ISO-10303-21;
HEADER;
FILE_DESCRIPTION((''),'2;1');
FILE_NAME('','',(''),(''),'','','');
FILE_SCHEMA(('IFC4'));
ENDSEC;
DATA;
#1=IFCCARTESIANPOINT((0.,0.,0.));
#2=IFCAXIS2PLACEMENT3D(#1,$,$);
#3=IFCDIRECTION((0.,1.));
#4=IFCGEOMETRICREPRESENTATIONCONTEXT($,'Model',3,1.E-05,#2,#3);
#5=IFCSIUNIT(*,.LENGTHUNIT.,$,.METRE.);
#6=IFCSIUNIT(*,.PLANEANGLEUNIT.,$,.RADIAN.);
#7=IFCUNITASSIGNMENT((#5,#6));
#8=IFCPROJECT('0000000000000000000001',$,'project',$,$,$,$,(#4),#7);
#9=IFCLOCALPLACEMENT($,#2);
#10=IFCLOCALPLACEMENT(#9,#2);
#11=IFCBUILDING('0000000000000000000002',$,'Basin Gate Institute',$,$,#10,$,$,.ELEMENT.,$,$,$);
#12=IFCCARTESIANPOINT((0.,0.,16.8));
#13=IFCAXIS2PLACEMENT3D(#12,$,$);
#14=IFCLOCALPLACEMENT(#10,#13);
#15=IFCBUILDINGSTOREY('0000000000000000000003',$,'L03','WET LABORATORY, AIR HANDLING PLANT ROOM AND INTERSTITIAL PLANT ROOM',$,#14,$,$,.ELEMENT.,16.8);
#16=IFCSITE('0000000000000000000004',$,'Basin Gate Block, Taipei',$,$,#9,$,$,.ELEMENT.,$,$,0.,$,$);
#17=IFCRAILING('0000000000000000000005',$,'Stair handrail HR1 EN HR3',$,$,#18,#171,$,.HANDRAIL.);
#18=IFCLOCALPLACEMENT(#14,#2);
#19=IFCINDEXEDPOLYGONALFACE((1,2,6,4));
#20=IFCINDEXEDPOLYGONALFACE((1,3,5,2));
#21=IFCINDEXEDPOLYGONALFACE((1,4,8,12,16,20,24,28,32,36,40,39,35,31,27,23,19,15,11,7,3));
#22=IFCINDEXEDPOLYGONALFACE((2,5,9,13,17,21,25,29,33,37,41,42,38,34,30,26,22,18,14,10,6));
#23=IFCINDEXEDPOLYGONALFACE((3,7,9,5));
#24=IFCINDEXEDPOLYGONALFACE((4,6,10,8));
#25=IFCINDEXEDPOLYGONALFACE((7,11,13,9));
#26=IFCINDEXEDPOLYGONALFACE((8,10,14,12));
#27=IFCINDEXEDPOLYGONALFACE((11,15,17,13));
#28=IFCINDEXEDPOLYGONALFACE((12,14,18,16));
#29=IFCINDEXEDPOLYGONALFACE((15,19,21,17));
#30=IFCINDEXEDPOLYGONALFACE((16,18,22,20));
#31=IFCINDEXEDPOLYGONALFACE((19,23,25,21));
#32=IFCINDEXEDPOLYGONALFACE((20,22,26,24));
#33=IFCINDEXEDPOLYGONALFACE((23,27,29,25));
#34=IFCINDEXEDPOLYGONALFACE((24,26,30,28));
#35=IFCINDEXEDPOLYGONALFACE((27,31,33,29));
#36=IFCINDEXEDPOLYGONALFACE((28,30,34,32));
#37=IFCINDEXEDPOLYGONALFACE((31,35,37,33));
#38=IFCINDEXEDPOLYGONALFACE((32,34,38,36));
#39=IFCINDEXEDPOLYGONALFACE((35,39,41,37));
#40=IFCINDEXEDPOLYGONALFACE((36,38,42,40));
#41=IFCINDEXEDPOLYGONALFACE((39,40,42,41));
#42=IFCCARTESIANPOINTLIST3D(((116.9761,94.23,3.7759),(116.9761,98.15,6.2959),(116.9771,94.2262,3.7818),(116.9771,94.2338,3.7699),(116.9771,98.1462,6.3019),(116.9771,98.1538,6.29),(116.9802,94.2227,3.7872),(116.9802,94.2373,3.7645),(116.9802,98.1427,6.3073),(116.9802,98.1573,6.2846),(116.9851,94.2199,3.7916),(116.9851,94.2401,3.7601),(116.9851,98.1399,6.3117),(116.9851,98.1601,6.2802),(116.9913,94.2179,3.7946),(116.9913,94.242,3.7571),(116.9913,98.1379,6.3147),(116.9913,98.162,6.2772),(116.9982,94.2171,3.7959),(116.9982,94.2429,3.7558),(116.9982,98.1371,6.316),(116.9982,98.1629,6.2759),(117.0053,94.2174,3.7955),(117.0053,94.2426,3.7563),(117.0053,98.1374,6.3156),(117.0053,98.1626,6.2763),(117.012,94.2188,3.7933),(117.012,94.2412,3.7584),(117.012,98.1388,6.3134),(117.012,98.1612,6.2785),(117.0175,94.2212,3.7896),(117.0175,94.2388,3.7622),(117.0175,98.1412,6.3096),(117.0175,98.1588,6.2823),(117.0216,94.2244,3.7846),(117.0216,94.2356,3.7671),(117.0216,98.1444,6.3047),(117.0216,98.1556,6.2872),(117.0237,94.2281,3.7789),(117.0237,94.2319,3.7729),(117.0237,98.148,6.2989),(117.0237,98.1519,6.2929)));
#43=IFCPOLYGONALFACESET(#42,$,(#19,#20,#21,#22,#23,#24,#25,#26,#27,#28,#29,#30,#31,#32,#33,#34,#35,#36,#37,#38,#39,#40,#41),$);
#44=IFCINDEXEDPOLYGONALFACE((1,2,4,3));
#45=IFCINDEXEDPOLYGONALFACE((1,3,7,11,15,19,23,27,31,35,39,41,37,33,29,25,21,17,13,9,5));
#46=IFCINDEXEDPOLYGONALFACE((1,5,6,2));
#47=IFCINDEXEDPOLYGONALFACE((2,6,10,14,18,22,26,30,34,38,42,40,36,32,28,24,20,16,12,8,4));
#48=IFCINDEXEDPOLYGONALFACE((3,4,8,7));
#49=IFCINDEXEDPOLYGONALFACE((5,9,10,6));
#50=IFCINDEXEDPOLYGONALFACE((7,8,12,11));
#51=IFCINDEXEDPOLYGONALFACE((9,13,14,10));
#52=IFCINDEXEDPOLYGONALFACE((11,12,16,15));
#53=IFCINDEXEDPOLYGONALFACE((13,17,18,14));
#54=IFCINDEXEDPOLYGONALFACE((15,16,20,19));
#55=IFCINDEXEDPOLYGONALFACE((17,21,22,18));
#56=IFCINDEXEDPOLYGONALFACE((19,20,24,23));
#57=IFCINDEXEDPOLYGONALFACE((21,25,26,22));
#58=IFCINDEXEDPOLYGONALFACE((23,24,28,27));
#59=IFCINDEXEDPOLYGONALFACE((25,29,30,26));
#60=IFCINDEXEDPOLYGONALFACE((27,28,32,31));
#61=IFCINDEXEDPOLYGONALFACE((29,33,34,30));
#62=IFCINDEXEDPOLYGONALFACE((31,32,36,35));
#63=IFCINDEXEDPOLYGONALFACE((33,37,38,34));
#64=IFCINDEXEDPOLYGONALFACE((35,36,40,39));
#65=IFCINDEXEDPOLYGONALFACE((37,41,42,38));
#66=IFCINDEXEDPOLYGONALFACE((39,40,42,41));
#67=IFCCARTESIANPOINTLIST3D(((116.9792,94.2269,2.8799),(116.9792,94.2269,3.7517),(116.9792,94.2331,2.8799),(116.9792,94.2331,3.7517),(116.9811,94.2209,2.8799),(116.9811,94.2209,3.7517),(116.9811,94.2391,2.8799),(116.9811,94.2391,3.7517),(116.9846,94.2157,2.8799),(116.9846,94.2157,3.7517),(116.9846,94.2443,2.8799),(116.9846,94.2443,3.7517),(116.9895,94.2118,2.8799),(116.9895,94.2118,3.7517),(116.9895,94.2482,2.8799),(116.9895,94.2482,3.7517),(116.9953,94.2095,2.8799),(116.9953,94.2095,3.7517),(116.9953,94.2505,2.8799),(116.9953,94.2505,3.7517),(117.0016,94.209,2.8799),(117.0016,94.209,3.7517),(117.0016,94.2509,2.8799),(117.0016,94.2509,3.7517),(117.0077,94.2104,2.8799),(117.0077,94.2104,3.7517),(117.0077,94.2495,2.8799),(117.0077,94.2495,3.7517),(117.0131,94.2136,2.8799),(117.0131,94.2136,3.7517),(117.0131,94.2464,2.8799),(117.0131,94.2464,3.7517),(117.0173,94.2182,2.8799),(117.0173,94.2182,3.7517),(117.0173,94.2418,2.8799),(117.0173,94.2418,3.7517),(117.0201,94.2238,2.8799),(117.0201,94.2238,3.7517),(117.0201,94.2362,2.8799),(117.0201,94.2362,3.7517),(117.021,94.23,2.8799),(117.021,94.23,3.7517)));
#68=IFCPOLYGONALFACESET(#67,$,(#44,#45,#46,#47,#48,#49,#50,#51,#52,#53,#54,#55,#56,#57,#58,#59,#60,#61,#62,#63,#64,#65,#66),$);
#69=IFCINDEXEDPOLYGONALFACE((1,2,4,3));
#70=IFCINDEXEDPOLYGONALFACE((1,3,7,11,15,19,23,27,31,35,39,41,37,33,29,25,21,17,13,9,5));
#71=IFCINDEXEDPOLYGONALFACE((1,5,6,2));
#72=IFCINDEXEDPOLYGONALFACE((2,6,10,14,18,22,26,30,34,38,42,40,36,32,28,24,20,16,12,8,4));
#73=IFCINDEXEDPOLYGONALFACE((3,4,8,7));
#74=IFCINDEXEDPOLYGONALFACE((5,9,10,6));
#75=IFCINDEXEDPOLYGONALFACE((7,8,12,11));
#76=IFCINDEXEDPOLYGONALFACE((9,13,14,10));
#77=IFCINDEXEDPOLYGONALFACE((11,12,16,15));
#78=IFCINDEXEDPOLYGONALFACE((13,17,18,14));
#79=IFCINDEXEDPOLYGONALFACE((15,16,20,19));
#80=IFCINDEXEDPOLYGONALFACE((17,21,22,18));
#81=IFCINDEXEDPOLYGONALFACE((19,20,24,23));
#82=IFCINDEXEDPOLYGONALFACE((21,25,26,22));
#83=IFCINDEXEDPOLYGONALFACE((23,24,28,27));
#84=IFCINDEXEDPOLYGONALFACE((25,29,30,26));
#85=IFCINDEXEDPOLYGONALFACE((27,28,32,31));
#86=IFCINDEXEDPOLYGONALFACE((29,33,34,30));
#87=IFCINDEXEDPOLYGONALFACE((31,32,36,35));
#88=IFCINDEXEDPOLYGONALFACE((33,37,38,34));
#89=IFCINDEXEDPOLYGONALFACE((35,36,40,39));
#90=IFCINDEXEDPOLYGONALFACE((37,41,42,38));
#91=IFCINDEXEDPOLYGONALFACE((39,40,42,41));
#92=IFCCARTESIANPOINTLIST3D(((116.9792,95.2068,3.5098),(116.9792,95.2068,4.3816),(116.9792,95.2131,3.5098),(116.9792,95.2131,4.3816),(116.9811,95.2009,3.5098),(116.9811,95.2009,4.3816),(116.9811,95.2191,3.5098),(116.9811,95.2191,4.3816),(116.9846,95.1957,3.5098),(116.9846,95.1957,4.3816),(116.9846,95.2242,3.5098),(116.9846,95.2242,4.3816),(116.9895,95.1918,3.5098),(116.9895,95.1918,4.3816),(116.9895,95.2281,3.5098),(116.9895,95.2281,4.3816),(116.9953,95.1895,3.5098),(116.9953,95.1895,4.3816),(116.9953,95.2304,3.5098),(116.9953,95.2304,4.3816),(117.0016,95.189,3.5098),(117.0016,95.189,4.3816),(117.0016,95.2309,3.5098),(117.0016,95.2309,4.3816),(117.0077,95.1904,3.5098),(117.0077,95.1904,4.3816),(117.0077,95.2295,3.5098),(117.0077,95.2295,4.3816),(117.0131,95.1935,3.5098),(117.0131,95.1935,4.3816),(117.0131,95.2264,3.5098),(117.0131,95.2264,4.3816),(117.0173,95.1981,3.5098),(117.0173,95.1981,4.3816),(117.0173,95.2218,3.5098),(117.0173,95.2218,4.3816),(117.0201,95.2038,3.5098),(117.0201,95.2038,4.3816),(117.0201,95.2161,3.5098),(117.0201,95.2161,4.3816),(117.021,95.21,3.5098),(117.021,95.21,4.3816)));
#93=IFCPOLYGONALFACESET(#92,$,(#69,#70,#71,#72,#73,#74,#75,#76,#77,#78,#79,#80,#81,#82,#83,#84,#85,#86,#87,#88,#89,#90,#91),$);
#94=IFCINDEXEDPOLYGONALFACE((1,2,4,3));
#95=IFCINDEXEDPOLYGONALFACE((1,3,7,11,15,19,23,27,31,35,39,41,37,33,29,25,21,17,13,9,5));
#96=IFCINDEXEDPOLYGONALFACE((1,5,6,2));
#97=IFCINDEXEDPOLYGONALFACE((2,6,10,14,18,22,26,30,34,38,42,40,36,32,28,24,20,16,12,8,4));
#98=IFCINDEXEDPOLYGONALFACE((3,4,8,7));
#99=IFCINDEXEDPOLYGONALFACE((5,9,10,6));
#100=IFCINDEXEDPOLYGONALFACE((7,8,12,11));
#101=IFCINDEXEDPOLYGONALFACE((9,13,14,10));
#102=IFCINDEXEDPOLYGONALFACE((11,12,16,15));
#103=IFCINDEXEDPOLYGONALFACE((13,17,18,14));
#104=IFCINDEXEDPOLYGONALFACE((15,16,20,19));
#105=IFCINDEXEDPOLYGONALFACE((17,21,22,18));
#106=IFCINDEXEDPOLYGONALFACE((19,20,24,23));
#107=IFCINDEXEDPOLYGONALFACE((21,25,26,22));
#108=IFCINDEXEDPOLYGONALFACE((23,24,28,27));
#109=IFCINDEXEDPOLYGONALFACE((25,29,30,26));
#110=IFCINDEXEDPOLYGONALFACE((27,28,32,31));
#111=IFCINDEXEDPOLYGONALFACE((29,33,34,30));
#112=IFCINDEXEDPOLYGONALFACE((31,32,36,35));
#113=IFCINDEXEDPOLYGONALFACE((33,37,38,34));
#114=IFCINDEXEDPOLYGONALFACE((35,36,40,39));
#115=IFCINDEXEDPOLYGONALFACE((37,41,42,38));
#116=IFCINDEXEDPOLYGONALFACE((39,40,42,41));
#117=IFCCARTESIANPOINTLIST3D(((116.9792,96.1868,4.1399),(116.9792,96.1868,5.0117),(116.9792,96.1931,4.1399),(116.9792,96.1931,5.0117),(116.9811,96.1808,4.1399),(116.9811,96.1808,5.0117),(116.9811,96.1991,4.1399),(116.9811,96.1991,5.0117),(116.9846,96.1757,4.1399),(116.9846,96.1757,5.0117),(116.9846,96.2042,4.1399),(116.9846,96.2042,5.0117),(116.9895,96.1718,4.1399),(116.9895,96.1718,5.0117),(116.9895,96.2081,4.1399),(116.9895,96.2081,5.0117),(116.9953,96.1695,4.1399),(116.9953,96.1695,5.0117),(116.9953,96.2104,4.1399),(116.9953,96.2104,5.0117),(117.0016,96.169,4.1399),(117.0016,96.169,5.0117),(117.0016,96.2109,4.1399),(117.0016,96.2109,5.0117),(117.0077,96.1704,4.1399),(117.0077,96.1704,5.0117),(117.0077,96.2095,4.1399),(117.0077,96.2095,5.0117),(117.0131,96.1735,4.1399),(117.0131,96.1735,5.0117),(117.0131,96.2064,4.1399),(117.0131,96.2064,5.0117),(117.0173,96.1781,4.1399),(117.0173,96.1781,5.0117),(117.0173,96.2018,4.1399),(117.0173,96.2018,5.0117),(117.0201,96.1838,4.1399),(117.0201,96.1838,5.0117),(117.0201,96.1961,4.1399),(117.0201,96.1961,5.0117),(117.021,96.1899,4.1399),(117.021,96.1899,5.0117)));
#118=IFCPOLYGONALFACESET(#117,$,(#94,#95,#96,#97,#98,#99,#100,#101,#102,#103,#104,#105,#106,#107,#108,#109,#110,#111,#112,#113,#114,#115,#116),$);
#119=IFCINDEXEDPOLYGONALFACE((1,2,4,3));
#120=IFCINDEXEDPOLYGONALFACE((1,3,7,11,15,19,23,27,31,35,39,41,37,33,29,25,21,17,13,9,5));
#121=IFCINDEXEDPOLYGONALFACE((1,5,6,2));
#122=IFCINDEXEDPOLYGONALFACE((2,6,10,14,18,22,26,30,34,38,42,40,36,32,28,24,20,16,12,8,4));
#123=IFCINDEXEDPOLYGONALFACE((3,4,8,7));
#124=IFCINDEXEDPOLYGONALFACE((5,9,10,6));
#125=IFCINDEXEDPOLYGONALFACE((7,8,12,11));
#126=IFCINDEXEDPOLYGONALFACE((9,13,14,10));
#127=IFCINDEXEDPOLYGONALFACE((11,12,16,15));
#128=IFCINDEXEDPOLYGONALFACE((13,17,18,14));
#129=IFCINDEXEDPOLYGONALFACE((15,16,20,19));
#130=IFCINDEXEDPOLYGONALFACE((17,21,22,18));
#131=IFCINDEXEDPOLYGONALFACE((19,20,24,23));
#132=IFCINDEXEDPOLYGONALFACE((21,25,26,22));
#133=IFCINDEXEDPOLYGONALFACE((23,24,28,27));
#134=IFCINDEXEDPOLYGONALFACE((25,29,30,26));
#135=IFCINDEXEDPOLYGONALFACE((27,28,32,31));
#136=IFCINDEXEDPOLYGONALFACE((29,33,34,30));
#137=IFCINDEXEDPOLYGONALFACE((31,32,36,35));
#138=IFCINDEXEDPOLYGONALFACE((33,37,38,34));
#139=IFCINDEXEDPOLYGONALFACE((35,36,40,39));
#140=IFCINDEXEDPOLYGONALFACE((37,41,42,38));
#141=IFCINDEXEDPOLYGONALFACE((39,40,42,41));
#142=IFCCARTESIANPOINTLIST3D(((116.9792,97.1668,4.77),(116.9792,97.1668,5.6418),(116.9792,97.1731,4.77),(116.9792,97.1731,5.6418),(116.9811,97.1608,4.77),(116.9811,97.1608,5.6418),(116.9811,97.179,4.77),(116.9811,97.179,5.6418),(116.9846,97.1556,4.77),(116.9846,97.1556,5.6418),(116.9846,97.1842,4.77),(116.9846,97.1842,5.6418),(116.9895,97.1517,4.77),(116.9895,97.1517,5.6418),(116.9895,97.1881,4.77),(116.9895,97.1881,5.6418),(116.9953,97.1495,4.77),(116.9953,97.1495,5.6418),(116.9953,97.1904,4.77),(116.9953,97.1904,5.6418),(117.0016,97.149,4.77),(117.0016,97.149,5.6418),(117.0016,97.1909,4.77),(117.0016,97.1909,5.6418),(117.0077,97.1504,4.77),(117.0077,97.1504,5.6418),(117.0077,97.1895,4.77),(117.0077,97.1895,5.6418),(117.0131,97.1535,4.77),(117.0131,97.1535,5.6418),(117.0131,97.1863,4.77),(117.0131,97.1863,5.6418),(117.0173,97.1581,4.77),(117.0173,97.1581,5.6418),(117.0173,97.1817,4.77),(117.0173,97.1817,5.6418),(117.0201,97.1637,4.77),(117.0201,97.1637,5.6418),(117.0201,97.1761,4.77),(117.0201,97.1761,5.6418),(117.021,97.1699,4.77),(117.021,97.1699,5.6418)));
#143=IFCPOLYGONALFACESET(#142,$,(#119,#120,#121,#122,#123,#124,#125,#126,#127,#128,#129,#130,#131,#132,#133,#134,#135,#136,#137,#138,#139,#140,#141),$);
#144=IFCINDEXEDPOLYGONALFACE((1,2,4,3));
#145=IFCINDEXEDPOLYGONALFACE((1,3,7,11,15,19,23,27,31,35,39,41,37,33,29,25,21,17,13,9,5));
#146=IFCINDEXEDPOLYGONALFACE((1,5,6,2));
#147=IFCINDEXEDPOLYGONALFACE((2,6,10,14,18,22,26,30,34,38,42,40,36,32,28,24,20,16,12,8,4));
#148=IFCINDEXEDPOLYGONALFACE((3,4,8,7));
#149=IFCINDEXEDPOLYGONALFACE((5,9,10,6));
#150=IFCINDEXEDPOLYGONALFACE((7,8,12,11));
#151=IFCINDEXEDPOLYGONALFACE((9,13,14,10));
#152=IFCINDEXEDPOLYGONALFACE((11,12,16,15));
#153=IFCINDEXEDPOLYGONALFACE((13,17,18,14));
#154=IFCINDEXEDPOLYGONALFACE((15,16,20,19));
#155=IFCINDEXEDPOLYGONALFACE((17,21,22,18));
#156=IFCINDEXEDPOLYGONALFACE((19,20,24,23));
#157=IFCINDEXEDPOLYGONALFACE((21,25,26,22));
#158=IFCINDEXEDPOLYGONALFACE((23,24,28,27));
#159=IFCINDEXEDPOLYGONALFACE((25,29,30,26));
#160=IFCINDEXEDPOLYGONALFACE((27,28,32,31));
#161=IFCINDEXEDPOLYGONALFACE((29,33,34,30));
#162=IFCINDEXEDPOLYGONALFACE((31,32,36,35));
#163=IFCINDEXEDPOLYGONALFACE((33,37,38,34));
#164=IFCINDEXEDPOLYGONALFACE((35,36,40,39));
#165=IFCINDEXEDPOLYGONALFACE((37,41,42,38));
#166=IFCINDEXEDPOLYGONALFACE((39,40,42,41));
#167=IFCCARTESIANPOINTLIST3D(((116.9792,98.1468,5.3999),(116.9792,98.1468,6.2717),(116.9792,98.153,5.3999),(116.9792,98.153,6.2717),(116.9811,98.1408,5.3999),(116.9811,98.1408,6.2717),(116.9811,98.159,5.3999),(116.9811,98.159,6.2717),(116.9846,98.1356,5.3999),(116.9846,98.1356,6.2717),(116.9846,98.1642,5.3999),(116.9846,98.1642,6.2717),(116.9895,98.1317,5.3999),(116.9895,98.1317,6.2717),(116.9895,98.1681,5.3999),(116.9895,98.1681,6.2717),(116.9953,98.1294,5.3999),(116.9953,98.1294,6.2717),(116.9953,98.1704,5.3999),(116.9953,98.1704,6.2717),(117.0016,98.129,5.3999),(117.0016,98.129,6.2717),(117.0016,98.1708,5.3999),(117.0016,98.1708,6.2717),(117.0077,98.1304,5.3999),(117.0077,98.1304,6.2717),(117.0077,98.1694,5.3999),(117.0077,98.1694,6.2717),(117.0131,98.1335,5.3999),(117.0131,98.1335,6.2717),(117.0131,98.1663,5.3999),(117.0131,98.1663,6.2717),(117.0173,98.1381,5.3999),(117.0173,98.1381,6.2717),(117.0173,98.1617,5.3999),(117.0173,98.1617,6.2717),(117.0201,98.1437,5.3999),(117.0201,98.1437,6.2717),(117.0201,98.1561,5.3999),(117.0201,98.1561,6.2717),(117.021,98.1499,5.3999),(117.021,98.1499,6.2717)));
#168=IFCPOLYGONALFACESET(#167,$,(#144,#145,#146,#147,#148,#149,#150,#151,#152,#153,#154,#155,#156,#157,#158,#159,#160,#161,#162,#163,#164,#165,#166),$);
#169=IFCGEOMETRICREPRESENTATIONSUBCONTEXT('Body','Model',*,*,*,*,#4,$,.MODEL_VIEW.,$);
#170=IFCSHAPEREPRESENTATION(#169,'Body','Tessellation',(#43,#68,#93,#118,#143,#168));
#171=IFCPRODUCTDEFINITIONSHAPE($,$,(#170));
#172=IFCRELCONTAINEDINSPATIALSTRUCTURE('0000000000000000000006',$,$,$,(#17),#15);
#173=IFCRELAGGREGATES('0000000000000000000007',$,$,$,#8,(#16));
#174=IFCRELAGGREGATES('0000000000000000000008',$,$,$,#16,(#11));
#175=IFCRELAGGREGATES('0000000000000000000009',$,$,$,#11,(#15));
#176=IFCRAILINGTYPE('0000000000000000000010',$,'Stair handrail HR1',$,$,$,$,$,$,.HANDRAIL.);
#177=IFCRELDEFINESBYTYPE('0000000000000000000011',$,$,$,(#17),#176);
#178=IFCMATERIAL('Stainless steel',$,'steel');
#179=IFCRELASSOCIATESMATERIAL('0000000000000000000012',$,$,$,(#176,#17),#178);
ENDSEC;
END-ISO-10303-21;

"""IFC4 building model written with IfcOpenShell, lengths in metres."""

from ifc_helpers import new_model, si_unit, direction, frame, origin, origin_2d, place, context, subcontext, project, spatial, circle, extrude, material, type_object, element, save


model = new_model("IFC4")

# Units and contexts
model_context = context("Model", 3, precision=1e-05, world=origin(), true_north=direction((0.0, 1.0)))
body_context = subcontext(model_context, "Body", "Model", "MODEL_VIEW")
ifc_project = project(units=[si_unit("LENGTHUNIT", "METRE"), si_unit("PLANEANGLEUNIT", "RADIAN")], contexts=[model_context])

# Site, building, storey
site_placement = place(None, origin())
site = spatial("IfcSite", under=ifc_project, at=site_placement, Name="Basin Gate Block, Taipei", CompositionType="ELEMENT", RefElevation=0.0)
building_placement = place(site_placement, origin())
building = spatial("IfcBuilding", under=site, at=building_placement, Name="Basin Gate Institute", CompositionType="ELEMENT")
storey_placement = place(building_placement, frame((0.0, 0.0, 16.8)))
storey = spatial("IfcBuildingStorey", under=building, at=storey_placement, Name="L03", Description="WET LABORATORY, AIR HANDLING PLANT ROOM AND INTERSTITIAL PLANT ROOM", CompositionType="ELEMENT", Elevation=16.8)

# Railing
ifc_material_1 = material(Name="Stainless steel", Category="steel")
railing_type_1 = type_object("IfcRailingType", Name="Stair handrail HR1", PredefinedType="HANDRAIL", material=ifc_material_1)
railing_1_placement = place(storey_placement, frame((117.0, 94.23, 2.8799)))
element("IfcRailing", 1, at=railing_1_placement, inside=storey, type_object=railing_type_1, material=ifc_material_1, Name="Stair handrail HR1 EN HR3", PredefinedType="HANDRAIL", context=body_context, shape_type="SweptSolid", body=[
    extrude(circle(Radius=0.0239, at=origin_2d()), frame((0.0, 0.0, 0.896), z_axis=(0.0, 0.841172, 0.540768), x_axis=(-1.0, 0.0, 0.0)), (0.0, 0.0, 1.0), 4.6602),
    extrude(circle(Radius=0.021, at=origin_2d()), origin(), (0.0, 0.0, 1.0), 0.8718),
    extrude(circle(Radius=0.021, at=origin_2d()), frame((0.0, 0.98, 0.6299)), (0.0, 0.0, 1.0), 0.8718),
    extrude(circle(Radius=0.021, at=origin_2d()), frame((0.0, 1.96, 1.26)), (0.0, 0.0, 1.0), 0.8718),
    extrude(circle(Radius=0.021, at=origin_2d()), frame((0.0, 2.9399, 1.8901)), (0.0, 0.0, 1.0), 0.8718),
    extrude(circle(Radius=0.021, at=origin_2d()), frame((0.0, 3.9199, 2.52)), (0.0, 0.0, 1.0), 0.8718),
])

save(model, "model.ifc")
